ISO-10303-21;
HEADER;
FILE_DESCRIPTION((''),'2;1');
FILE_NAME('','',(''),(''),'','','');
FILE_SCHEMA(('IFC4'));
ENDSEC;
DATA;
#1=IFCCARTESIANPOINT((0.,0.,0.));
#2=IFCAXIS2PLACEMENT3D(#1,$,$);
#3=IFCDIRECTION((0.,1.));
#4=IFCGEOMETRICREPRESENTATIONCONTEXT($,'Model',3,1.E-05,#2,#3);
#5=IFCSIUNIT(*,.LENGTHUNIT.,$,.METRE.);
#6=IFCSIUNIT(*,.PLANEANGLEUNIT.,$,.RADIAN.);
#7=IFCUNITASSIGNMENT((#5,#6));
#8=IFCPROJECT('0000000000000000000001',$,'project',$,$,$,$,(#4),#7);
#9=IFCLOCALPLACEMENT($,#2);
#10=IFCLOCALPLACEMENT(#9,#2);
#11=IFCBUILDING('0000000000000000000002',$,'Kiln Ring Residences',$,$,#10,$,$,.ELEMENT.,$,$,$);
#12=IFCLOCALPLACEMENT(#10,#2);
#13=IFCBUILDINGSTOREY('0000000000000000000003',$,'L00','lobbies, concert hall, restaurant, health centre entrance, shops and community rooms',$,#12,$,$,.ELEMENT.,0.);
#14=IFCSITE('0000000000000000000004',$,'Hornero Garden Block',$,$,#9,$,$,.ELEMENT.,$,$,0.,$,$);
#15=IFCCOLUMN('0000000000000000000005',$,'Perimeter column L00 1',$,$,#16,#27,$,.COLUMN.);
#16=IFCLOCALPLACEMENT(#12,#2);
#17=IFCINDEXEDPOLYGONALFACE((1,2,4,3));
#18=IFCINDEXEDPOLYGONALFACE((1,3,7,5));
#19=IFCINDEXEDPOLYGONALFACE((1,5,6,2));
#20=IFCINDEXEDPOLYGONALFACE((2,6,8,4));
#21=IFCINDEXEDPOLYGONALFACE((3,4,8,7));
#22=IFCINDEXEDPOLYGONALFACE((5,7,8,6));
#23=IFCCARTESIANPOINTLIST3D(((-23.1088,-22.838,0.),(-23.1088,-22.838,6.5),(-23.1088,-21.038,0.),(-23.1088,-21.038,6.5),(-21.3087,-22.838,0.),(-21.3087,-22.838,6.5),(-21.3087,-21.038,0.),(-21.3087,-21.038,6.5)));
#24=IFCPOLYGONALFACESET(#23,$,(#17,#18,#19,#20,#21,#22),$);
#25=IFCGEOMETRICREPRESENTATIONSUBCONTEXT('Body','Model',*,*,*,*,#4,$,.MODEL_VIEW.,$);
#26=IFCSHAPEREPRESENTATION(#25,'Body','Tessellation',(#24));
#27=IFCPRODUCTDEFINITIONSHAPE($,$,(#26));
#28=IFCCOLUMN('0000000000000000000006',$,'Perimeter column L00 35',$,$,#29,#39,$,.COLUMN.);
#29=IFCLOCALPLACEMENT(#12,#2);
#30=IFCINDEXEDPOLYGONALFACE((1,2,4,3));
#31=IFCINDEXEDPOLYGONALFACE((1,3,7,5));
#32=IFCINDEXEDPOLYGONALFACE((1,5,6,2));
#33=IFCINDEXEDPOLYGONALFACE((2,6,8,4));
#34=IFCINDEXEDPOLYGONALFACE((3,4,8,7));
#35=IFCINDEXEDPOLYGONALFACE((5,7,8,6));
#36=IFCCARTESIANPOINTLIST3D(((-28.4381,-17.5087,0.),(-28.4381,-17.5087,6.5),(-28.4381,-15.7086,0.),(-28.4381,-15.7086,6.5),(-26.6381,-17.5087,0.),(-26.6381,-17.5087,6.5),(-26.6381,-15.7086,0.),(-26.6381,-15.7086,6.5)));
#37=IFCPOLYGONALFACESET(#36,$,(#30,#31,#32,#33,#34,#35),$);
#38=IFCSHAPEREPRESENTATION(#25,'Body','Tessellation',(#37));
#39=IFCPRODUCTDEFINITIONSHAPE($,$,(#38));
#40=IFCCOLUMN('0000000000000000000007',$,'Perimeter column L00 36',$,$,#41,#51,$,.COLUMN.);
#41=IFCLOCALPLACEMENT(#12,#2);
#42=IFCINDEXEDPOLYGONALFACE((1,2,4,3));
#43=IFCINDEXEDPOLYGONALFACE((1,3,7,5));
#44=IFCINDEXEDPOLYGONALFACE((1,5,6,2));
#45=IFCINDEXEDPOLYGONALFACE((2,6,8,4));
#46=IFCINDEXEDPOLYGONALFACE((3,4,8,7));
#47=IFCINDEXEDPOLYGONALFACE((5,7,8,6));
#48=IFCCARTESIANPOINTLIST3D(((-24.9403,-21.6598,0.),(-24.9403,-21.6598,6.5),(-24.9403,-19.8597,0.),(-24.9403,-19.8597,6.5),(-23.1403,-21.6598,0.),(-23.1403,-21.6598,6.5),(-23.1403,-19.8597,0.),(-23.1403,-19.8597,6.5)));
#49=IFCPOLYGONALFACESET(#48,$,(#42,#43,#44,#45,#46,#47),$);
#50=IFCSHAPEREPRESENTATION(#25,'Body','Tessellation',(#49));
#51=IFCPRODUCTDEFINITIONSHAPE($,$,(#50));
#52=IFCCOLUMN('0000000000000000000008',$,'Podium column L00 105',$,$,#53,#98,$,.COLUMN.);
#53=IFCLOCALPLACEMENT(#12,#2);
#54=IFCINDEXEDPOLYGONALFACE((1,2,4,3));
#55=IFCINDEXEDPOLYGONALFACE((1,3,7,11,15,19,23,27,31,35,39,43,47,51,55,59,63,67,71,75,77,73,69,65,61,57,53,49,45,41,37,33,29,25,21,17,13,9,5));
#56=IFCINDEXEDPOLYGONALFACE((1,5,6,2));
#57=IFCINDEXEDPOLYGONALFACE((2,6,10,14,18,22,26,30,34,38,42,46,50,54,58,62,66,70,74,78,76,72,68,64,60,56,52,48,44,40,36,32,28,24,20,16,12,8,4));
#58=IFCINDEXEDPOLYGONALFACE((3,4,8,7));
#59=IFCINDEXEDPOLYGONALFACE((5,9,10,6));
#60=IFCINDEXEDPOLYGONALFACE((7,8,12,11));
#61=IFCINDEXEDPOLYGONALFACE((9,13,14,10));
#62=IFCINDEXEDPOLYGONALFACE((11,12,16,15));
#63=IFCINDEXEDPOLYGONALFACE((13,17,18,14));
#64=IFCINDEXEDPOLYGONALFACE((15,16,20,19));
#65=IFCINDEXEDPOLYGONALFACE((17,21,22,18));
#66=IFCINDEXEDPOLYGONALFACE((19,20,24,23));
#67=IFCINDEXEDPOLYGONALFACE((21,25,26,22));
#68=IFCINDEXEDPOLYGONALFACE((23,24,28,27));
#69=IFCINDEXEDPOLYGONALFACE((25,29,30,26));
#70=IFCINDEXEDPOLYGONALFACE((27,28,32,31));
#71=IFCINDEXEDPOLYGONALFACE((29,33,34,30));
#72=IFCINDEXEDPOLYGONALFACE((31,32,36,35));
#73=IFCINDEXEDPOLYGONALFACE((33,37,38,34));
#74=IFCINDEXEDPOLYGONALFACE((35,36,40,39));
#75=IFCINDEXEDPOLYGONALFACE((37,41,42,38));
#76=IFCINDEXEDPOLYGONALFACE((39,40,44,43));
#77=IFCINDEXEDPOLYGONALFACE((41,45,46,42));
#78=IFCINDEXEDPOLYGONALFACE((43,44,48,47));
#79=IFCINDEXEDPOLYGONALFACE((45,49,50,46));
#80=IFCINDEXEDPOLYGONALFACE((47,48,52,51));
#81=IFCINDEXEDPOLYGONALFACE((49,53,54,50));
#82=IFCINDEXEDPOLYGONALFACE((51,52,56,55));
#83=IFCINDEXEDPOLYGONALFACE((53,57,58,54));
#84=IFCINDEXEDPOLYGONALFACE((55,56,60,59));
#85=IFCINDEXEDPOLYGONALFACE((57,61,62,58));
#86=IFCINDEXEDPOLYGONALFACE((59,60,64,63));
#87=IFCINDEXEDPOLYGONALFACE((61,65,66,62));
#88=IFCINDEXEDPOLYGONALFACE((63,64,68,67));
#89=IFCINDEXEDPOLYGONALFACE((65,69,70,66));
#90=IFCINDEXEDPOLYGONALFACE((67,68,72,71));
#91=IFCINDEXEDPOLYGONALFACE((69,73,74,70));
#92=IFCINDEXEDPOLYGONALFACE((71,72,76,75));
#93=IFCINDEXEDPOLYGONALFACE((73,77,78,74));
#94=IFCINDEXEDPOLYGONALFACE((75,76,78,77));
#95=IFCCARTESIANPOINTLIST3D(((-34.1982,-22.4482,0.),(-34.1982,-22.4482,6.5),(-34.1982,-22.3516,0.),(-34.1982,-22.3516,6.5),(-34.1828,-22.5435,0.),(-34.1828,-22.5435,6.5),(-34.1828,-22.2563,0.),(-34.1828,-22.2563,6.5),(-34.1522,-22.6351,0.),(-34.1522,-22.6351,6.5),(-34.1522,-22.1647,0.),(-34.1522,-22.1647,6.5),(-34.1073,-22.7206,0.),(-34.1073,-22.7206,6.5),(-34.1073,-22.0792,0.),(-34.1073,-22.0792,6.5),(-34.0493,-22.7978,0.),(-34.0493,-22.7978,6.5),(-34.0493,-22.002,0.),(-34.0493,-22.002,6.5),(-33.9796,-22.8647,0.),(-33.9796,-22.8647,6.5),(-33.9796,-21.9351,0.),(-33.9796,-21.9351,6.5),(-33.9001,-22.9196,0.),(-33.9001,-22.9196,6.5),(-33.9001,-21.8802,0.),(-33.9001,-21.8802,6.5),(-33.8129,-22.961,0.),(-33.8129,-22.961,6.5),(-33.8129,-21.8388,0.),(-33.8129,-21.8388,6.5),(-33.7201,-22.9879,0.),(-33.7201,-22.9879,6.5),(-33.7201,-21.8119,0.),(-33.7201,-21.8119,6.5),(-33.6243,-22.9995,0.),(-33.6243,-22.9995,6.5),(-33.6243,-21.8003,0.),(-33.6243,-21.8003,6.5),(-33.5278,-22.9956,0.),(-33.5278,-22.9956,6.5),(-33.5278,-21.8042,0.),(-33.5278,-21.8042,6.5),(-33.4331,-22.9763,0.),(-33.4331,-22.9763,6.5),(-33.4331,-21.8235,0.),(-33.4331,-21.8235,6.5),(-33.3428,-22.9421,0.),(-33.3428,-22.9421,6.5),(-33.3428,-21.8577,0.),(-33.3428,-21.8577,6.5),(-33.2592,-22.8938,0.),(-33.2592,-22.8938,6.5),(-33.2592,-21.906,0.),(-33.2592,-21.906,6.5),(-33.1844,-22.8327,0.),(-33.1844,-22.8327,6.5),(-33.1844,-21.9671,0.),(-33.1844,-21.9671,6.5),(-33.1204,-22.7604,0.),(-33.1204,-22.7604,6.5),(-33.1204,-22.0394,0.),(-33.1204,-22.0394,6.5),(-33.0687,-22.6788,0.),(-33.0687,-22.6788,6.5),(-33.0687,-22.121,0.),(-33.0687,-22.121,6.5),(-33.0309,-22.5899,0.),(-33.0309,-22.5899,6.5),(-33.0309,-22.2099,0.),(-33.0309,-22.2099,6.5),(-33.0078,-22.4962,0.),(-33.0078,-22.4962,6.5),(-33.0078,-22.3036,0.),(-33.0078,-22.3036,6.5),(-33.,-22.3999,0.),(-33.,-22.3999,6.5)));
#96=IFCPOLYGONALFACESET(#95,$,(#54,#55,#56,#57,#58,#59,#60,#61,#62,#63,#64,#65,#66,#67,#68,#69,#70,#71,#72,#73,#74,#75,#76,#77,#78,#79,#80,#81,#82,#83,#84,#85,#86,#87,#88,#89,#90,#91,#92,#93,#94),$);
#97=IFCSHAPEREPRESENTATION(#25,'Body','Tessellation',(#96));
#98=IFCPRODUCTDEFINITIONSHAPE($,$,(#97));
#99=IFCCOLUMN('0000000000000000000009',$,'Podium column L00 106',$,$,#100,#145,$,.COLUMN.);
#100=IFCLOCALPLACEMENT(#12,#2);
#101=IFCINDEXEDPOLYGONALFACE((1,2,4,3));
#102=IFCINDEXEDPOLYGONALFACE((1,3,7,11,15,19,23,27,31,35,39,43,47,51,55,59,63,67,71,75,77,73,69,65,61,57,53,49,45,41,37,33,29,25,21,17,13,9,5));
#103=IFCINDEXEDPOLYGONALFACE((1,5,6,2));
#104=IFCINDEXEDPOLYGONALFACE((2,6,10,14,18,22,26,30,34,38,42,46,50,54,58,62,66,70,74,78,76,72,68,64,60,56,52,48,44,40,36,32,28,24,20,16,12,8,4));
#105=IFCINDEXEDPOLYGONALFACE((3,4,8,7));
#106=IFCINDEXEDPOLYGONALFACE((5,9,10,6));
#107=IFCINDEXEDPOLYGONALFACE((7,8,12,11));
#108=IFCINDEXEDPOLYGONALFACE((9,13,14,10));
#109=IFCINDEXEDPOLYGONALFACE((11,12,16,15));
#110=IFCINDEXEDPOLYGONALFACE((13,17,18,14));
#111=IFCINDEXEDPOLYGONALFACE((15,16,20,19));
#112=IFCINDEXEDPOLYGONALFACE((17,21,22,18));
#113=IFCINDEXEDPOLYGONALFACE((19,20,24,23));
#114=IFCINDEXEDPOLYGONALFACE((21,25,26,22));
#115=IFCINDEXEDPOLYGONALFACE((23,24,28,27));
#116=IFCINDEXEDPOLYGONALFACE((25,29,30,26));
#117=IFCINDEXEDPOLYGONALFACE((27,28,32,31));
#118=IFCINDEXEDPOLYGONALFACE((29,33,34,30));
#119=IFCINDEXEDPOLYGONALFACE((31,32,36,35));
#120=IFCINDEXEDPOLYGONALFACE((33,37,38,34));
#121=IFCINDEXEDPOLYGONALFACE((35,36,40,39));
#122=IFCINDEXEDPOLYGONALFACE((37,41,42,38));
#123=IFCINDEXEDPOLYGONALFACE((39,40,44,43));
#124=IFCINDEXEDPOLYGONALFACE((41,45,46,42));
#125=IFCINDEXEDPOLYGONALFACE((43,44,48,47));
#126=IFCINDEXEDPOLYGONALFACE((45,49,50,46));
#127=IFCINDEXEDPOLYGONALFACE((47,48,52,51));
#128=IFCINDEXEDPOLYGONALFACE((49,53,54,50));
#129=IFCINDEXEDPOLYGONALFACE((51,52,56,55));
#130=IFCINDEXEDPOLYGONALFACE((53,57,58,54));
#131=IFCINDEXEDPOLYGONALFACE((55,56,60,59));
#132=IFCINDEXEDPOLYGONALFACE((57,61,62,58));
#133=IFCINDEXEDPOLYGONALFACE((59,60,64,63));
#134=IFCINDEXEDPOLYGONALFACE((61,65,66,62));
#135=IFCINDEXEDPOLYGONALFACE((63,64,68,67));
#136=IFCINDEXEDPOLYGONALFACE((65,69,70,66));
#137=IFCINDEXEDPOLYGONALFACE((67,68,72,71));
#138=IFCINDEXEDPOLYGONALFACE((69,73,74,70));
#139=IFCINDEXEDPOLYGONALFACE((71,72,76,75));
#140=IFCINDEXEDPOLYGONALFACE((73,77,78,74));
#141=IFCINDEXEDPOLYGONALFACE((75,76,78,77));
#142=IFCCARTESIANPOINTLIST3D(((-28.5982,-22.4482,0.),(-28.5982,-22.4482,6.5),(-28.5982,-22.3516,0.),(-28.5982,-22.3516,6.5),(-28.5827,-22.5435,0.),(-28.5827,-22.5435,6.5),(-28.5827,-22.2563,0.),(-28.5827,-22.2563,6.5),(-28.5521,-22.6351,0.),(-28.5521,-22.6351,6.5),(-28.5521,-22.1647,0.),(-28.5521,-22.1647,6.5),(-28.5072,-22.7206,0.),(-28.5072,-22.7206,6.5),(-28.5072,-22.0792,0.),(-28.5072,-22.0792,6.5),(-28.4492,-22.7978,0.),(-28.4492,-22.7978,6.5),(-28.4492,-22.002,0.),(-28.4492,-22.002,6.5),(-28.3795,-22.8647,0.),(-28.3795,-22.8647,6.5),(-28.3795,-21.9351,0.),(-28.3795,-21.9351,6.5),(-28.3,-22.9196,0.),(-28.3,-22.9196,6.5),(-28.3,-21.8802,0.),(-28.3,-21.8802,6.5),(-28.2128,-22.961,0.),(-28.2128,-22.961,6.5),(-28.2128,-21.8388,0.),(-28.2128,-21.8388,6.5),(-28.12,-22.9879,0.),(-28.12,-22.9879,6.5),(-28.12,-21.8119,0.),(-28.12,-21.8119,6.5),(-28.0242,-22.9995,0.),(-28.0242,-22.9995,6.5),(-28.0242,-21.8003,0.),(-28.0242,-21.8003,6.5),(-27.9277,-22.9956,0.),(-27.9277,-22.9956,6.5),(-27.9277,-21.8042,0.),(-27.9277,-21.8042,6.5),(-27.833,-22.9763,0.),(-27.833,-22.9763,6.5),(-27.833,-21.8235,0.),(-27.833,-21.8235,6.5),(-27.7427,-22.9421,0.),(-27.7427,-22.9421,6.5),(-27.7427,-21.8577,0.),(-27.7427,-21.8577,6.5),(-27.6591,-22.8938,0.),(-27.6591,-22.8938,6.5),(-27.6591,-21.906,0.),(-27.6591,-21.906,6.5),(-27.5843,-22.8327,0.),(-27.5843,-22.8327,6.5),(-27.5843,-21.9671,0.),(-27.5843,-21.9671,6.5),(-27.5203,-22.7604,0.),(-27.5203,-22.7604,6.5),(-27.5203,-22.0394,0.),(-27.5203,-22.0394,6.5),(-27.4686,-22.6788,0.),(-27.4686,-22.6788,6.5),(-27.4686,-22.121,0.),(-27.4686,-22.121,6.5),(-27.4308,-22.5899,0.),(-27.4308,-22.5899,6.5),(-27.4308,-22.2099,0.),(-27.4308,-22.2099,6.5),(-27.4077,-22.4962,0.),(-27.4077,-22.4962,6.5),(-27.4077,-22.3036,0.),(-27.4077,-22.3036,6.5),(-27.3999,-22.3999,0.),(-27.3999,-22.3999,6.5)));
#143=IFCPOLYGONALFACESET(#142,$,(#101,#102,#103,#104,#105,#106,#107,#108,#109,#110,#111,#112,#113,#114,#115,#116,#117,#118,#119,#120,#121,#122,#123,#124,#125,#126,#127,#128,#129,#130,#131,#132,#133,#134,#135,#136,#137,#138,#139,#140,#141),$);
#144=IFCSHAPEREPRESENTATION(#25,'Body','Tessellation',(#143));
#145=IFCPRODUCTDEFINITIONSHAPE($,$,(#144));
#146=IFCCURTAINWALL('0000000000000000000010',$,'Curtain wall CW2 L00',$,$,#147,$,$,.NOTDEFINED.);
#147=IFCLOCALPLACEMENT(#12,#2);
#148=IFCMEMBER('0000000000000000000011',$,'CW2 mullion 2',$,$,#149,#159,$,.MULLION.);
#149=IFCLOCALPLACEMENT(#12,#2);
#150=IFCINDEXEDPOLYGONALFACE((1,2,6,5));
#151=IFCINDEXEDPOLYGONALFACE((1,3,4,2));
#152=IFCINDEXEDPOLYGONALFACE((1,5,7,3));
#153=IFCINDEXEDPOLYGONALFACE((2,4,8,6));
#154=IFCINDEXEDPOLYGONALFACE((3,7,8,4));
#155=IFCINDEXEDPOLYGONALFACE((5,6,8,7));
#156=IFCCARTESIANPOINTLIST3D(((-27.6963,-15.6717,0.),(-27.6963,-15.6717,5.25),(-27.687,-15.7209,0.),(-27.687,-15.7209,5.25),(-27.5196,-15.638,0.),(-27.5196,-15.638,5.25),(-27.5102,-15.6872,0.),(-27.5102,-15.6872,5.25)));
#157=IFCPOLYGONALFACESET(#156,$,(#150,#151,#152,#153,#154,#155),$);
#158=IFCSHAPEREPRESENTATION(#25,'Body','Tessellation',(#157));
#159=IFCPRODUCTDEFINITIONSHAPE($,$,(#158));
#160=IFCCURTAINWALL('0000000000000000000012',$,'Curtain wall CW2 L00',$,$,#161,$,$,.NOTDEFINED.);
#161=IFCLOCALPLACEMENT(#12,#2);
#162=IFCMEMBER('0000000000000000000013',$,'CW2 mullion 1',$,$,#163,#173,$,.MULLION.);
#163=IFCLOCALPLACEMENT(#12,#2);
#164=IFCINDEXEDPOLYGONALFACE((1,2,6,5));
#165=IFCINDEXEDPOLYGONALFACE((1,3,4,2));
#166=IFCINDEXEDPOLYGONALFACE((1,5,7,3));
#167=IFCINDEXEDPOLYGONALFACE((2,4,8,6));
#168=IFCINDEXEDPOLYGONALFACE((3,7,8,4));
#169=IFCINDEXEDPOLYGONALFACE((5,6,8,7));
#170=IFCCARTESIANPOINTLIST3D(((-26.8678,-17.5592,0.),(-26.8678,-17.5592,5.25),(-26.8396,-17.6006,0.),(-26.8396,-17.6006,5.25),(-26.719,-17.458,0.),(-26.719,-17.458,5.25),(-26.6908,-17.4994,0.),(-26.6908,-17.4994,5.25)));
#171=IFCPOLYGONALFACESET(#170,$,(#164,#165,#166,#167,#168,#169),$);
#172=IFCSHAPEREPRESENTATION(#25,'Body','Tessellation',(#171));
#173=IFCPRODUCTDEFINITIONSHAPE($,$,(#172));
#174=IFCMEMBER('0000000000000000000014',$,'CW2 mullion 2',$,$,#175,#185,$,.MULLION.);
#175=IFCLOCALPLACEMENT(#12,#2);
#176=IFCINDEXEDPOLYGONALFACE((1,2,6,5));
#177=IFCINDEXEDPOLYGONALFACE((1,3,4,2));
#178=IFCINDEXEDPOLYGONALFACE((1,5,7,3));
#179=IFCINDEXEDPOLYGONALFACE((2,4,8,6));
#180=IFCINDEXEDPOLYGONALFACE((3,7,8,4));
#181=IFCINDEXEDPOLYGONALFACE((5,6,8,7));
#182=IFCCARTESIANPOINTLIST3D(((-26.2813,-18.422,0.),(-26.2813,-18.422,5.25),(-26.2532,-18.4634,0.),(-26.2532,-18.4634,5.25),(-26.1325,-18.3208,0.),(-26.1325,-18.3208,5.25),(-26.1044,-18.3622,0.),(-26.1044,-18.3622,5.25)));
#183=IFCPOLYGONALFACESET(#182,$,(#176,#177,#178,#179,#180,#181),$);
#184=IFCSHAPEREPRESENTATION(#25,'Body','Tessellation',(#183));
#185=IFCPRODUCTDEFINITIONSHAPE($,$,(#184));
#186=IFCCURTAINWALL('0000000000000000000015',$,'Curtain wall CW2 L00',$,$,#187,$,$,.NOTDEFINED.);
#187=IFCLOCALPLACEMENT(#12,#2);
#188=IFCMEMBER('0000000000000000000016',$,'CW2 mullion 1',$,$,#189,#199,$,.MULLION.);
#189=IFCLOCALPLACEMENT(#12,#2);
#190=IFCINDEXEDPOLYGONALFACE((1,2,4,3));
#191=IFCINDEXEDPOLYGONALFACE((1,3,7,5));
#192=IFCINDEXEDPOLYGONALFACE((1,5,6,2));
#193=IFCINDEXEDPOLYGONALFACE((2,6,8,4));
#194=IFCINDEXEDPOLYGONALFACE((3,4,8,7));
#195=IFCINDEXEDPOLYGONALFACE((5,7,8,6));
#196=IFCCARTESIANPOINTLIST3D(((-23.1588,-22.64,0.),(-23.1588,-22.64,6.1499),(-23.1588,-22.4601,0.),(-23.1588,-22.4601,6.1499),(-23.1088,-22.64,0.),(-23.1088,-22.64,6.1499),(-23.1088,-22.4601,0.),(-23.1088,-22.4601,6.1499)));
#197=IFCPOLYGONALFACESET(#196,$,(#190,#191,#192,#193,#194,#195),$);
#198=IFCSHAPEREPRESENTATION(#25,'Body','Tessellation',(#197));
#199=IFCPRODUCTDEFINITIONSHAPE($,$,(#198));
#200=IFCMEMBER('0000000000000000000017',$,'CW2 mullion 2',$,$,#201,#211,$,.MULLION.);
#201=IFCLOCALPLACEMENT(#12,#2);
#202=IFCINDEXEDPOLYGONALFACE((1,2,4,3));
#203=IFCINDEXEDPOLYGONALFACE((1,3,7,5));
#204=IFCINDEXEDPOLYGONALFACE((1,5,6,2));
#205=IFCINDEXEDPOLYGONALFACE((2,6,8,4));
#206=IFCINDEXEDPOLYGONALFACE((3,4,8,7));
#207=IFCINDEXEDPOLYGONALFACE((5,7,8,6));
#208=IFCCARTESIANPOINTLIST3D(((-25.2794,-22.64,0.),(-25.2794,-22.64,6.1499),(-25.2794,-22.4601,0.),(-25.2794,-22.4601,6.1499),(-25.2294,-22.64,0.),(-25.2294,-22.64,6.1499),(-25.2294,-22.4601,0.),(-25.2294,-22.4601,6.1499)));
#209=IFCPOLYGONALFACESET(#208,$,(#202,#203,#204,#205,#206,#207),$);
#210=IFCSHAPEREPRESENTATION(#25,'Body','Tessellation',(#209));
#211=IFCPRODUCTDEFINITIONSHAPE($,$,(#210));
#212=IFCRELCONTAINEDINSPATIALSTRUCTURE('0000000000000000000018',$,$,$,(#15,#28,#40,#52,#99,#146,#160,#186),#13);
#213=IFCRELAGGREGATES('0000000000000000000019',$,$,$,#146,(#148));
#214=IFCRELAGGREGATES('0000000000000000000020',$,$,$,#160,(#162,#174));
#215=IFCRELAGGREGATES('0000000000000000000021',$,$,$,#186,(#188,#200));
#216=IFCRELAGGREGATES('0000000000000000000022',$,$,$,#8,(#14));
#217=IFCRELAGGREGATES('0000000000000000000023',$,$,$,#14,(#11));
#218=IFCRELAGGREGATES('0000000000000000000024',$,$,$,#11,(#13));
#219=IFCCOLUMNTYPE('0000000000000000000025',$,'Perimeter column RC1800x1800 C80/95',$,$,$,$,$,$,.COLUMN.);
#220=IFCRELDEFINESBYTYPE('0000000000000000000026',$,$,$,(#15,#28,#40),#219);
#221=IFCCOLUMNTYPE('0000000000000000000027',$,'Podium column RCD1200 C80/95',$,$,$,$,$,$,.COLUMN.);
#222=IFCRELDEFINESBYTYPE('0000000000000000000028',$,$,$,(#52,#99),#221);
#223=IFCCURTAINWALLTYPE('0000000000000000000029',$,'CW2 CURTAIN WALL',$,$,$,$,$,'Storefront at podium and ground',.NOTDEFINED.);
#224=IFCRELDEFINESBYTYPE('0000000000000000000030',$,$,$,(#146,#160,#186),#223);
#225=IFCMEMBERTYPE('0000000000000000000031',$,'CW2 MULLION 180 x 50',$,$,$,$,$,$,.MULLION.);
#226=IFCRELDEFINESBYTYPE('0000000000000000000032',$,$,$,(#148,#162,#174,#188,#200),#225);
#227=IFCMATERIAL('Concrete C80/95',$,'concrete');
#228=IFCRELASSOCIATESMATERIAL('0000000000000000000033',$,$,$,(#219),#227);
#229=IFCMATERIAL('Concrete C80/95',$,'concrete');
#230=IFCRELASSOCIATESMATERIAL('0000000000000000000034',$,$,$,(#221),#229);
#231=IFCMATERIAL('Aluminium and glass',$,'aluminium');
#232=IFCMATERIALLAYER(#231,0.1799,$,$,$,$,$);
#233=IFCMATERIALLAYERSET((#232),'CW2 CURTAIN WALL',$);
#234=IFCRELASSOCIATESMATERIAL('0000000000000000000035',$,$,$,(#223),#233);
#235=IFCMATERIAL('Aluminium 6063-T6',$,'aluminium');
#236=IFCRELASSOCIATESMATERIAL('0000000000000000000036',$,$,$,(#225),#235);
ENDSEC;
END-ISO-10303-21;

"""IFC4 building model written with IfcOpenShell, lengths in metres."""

from ifc_helpers import new_model, si_unit, direction, frame, origin, origin_2d, place, context, subcontext, project, spatial, rectangle, circle, extrude, material, layer, layer_set, material_profile, profile_set, type_object, element, aggregate, save


model = new_model("IFC4")

# Units and contexts
model_context = context("Model", 3, precision=1e-05, world=origin(), true_north=direction((0.0, 1.0)))
body_context = subcontext(model_context, "Body", "Model", "MODEL_VIEW")
ifc_project = project(units=[si_unit("LENGTHUNIT", "METRE"), si_unit("PLANEANGLEUNIT", "RADIAN")], contexts=[model_context])

# Site, building, storey
site_placement = place(None, origin())
site = spatial("IfcSite", under=ifc_project, at=site_placement, Name="Hornero Garden Block", CompositionType="ELEMENT", RefElevation=0.0)
building_placement = place(site_placement, origin())
building = spatial("IfcBuilding", under=site, at=building_placement, Name="Kiln Ring Residences", CompositionType="ELEMENT")
storey_placement = place(building_placement, origin())
storey = spatial("IfcBuildingStorey", under=building, at=storey_placement, Name="L00", Description="lobbies, concert hall, restaurant, health centre entrance, shops and community rooms", CompositionType="ELEMENT", Elevation=0.0)

# Columns
ifc_material_1 = material(Name="Concrete C80/95", Category="concrete")
ifc_material_profile_1 = material_profile(ifc_material_1, rectangle(XDim=1.8, YDim=1.8, at=origin_2d()), Name="RC1800x1800")
ifc_profile_set_1 = profile_set([ifc_material_profile_1], Name="Concrete C80/95")
column_type_1 = type_object("IfcColumnType", Name="Perimeter column RC1800x1800 C80/95", PredefinedType="COLUMN", material=ifc_profile_set_1)
for number, where, z_axis, x_axis, name in (
    (1, (-22.2087, -21.938, 0.0), (0.0, 0.0, 1.0), (1.0, 0.0, 0.0), "Perimeter column L00 1"),
    (2, (-27.5381, -16.6086, 0.0), (0.0, 0.0, 1.0), (1.0, 0.0, 0.0), "Perimeter column L00 35"),
    (3, (-24.0403, -20.7598, 0.0), (0.0, 0.0, 1.0), (1.0, 0.0, 0.0), "Perimeter column L00 36"),
):
    element("IfcColumn", number, at=place(storey_placement, frame(where, z_axis=z_axis, x_axis=x_axis)), inside=storey, type_object=column_type_1, Name=name, PredefinedType="COLUMN", context=body_context, shape_type="SweptSolid", body=[
        extrude(rectangle(XDim=1.8, YDim=1.8, at=origin_2d()), origin(), (0.0, 0.0, 1.0), 6.5),
    ])
ifc_material_2 = material(Name="Concrete C80/95", Category="concrete")
ifc_material_profile_2 = material_profile(ifc_material_2, circle(Radius=0.6001, at=origin_2d()), Name="RCD1200")
ifc_profile_set_2 = profile_set([ifc_material_profile_2], Name="Concrete C80/95")
column_type_2 = type_object("IfcColumnType", Name="Podium column RCD1200 C80/95", PredefinedType="COLUMN", material=ifc_profile_set_2)
for number, where, z_axis, x_axis, name in (
    (4, (-33.6001, -22.3999, 0.0), (0.0, 0.0, 1.0), (1.0, 0.0, 0.0), "Podium column L00 105"),
    (5, (-28.0, -22.3999, 0.0), (0.0, 0.0, 1.0), (1.0, 0.0, 0.0), "Podium column L00 106"),
):
    element("IfcColumn", number, at=place(storey_placement, frame(where, z_axis=z_axis, x_axis=x_axis)), inside=storey, type_object=column_type_2, Name=name, PredefinedType="COLUMN", context=body_context, shape_type="SweptSolid", body=[
        extrude(circle(Radius=0.6001, at=origin_2d()), origin(), (0.0, 0.0, 1.0), 6.5),
    ])

# Curtain wall, member
ifc_material_3 = material(Name="Aluminium and glass", Category="aluminium")
ifc_layer_1 = layer(ifc_material_3, 0.1799)
ifc_layer_set_1 = layer_set([ifc_layer_1], Name="CW2 CURTAIN WALL")
curtain_wall_type = type_object("IfcCurtainWallType", Name="CW2 CURTAIN WALL", ElementType="Storefront at podium and ground", PredefinedType="NOTDEFINED", material=ifc_layer_set_1)
placement = place(storey_placement, origin())
curtain_wall_1 = element("IfcCurtainWall", 6, at=placement, inside=storey, type_object=curtain_wall_type, Name="Curtain wall CW2 L00", PredefinedType="NOTDEFINED")
ifc_material_4 = material(Name="Aluminium 6063-T6", Category="aluminium")
ifc_material_profile_3 = material_profile(ifc_material_4, rectangle(XDim=0.1799, YDim=0.05, at=origin_2d()), Name="AL 180x50")
ifc_profile_set_3 = profile_set([ifc_material_profile_3], Name="Aluminium 6063-T6")
member_type_1 = type_object("IfcMemberType", Name="CW2 MULLION 180 x 50", PredefinedType="MULLION", material=ifc_profile_set_3)
member_1_placement = place(storey_placement, frame((-27.6033, -15.6794, 0.0), z_axis=(0.0, 0.0, 1.0), x_axis=(0.98229, 0.187366, 0.0)))
member_1 = element("IfcMember", 7, at=member_1_placement, type_object=member_type_1, Name="CW2 mullion 2", PredefinedType="MULLION", context=body_context, shape_type="SweptSolid", body=[
    extrude(rectangle(XDim=0.1799, YDim=0.05, at=origin_2d()), origin(), (0.0, 0.0, 1.0), 5.25),
])
aggregate(curtain_wall_1, [member_1])

# Curtain walls, members
curtain_wall_2 = element("IfcCurtainWall", 8, at=placement, inside=storey, type_object=curtain_wall_type, Name="Curtain wall CW2 L00", PredefinedType="NOTDEFINED")
member_2_placement = place(storey_placement, frame((-26.7793, -17.5293, 0.0), z_axis=(0.0, 0.0, 1.0), x_axis=(0.827072, 0.562097, 0.0)))
member_2 = element("IfcMember", 9, at=member_2_placement, type_object=member_type_1, Name="CW2 mullion 1", PredefinedType="MULLION", context=body_context, shape_type="SweptSolid", body=[
    extrude(rectangle(XDim=0.1799, YDim=0.05, at=origin_2d()), origin(), (0.0, 0.0, 1.0), 5.25),
])
member_3_placement = place(storey_placement, frame((-26.1929, -18.3921, 0.0), z_axis=(0.0, 0.0, 1.0), x_axis=(0.827072, 0.562097, 0.0)))
member_3 = element("IfcMember", 10, at=member_3_placement, type_object=member_type_1, Name="CW2 mullion 2", PredefinedType="MULLION", context=body_context, shape_type="SweptSolid", body=[
    extrude(rectangle(XDim=0.1799, YDim=0.05, at=origin_2d()), origin(), (0.0, 0.0, 1.0), 5.25),
])
curtain_wall_3 = element("IfcCurtainWall", 11, at=placement, inside=storey, type_object=curtain_wall_type, Name="Curtain wall CW2 L00", PredefinedType="NOTDEFINED")
member_4_placement = place(storey_placement, frame((-23.1338, -22.55, 0.0), z_axis=(0.0, 0.0, 1.0), x_axis=(0.0, -1.0, 0.0)))
member_4 = element("IfcMember", 12, at=member_4_placement, type_object=member_type_1, Name="CW2 mullion 1", PredefinedType="MULLION", context=body_context, shape_type="SweptSolid", body=[
    extrude(rectangle(XDim=0.1799, YDim=0.05, at=origin_2d()), origin(), (0.0, 0.0, 1.0), 6.1499),
])
member_5_placement = place(storey_placement, frame((-25.2544, -22.55, 0.0), z_axis=(0.0, 0.0, 1.0), x_axis=(0.0, -1.0, 0.0)))
member_5 = element("IfcMember", 13, at=member_5_placement, type_object=member_type_1, Name="CW2 mullion 2", PredefinedType="MULLION", context=body_context, shape_type="SweptSolid", body=[
    extrude(rectangle(XDim=0.1799, YDim=0.05, at=origin_2d()), origin(), (0.0, 0.0, 1.0), 6.1499),
])

aggregate(curtain_wall_2, [member_2, member_3])
aggregate(curtain_wall_3, [member_4, member_5])

save(model, "model.ifc")
